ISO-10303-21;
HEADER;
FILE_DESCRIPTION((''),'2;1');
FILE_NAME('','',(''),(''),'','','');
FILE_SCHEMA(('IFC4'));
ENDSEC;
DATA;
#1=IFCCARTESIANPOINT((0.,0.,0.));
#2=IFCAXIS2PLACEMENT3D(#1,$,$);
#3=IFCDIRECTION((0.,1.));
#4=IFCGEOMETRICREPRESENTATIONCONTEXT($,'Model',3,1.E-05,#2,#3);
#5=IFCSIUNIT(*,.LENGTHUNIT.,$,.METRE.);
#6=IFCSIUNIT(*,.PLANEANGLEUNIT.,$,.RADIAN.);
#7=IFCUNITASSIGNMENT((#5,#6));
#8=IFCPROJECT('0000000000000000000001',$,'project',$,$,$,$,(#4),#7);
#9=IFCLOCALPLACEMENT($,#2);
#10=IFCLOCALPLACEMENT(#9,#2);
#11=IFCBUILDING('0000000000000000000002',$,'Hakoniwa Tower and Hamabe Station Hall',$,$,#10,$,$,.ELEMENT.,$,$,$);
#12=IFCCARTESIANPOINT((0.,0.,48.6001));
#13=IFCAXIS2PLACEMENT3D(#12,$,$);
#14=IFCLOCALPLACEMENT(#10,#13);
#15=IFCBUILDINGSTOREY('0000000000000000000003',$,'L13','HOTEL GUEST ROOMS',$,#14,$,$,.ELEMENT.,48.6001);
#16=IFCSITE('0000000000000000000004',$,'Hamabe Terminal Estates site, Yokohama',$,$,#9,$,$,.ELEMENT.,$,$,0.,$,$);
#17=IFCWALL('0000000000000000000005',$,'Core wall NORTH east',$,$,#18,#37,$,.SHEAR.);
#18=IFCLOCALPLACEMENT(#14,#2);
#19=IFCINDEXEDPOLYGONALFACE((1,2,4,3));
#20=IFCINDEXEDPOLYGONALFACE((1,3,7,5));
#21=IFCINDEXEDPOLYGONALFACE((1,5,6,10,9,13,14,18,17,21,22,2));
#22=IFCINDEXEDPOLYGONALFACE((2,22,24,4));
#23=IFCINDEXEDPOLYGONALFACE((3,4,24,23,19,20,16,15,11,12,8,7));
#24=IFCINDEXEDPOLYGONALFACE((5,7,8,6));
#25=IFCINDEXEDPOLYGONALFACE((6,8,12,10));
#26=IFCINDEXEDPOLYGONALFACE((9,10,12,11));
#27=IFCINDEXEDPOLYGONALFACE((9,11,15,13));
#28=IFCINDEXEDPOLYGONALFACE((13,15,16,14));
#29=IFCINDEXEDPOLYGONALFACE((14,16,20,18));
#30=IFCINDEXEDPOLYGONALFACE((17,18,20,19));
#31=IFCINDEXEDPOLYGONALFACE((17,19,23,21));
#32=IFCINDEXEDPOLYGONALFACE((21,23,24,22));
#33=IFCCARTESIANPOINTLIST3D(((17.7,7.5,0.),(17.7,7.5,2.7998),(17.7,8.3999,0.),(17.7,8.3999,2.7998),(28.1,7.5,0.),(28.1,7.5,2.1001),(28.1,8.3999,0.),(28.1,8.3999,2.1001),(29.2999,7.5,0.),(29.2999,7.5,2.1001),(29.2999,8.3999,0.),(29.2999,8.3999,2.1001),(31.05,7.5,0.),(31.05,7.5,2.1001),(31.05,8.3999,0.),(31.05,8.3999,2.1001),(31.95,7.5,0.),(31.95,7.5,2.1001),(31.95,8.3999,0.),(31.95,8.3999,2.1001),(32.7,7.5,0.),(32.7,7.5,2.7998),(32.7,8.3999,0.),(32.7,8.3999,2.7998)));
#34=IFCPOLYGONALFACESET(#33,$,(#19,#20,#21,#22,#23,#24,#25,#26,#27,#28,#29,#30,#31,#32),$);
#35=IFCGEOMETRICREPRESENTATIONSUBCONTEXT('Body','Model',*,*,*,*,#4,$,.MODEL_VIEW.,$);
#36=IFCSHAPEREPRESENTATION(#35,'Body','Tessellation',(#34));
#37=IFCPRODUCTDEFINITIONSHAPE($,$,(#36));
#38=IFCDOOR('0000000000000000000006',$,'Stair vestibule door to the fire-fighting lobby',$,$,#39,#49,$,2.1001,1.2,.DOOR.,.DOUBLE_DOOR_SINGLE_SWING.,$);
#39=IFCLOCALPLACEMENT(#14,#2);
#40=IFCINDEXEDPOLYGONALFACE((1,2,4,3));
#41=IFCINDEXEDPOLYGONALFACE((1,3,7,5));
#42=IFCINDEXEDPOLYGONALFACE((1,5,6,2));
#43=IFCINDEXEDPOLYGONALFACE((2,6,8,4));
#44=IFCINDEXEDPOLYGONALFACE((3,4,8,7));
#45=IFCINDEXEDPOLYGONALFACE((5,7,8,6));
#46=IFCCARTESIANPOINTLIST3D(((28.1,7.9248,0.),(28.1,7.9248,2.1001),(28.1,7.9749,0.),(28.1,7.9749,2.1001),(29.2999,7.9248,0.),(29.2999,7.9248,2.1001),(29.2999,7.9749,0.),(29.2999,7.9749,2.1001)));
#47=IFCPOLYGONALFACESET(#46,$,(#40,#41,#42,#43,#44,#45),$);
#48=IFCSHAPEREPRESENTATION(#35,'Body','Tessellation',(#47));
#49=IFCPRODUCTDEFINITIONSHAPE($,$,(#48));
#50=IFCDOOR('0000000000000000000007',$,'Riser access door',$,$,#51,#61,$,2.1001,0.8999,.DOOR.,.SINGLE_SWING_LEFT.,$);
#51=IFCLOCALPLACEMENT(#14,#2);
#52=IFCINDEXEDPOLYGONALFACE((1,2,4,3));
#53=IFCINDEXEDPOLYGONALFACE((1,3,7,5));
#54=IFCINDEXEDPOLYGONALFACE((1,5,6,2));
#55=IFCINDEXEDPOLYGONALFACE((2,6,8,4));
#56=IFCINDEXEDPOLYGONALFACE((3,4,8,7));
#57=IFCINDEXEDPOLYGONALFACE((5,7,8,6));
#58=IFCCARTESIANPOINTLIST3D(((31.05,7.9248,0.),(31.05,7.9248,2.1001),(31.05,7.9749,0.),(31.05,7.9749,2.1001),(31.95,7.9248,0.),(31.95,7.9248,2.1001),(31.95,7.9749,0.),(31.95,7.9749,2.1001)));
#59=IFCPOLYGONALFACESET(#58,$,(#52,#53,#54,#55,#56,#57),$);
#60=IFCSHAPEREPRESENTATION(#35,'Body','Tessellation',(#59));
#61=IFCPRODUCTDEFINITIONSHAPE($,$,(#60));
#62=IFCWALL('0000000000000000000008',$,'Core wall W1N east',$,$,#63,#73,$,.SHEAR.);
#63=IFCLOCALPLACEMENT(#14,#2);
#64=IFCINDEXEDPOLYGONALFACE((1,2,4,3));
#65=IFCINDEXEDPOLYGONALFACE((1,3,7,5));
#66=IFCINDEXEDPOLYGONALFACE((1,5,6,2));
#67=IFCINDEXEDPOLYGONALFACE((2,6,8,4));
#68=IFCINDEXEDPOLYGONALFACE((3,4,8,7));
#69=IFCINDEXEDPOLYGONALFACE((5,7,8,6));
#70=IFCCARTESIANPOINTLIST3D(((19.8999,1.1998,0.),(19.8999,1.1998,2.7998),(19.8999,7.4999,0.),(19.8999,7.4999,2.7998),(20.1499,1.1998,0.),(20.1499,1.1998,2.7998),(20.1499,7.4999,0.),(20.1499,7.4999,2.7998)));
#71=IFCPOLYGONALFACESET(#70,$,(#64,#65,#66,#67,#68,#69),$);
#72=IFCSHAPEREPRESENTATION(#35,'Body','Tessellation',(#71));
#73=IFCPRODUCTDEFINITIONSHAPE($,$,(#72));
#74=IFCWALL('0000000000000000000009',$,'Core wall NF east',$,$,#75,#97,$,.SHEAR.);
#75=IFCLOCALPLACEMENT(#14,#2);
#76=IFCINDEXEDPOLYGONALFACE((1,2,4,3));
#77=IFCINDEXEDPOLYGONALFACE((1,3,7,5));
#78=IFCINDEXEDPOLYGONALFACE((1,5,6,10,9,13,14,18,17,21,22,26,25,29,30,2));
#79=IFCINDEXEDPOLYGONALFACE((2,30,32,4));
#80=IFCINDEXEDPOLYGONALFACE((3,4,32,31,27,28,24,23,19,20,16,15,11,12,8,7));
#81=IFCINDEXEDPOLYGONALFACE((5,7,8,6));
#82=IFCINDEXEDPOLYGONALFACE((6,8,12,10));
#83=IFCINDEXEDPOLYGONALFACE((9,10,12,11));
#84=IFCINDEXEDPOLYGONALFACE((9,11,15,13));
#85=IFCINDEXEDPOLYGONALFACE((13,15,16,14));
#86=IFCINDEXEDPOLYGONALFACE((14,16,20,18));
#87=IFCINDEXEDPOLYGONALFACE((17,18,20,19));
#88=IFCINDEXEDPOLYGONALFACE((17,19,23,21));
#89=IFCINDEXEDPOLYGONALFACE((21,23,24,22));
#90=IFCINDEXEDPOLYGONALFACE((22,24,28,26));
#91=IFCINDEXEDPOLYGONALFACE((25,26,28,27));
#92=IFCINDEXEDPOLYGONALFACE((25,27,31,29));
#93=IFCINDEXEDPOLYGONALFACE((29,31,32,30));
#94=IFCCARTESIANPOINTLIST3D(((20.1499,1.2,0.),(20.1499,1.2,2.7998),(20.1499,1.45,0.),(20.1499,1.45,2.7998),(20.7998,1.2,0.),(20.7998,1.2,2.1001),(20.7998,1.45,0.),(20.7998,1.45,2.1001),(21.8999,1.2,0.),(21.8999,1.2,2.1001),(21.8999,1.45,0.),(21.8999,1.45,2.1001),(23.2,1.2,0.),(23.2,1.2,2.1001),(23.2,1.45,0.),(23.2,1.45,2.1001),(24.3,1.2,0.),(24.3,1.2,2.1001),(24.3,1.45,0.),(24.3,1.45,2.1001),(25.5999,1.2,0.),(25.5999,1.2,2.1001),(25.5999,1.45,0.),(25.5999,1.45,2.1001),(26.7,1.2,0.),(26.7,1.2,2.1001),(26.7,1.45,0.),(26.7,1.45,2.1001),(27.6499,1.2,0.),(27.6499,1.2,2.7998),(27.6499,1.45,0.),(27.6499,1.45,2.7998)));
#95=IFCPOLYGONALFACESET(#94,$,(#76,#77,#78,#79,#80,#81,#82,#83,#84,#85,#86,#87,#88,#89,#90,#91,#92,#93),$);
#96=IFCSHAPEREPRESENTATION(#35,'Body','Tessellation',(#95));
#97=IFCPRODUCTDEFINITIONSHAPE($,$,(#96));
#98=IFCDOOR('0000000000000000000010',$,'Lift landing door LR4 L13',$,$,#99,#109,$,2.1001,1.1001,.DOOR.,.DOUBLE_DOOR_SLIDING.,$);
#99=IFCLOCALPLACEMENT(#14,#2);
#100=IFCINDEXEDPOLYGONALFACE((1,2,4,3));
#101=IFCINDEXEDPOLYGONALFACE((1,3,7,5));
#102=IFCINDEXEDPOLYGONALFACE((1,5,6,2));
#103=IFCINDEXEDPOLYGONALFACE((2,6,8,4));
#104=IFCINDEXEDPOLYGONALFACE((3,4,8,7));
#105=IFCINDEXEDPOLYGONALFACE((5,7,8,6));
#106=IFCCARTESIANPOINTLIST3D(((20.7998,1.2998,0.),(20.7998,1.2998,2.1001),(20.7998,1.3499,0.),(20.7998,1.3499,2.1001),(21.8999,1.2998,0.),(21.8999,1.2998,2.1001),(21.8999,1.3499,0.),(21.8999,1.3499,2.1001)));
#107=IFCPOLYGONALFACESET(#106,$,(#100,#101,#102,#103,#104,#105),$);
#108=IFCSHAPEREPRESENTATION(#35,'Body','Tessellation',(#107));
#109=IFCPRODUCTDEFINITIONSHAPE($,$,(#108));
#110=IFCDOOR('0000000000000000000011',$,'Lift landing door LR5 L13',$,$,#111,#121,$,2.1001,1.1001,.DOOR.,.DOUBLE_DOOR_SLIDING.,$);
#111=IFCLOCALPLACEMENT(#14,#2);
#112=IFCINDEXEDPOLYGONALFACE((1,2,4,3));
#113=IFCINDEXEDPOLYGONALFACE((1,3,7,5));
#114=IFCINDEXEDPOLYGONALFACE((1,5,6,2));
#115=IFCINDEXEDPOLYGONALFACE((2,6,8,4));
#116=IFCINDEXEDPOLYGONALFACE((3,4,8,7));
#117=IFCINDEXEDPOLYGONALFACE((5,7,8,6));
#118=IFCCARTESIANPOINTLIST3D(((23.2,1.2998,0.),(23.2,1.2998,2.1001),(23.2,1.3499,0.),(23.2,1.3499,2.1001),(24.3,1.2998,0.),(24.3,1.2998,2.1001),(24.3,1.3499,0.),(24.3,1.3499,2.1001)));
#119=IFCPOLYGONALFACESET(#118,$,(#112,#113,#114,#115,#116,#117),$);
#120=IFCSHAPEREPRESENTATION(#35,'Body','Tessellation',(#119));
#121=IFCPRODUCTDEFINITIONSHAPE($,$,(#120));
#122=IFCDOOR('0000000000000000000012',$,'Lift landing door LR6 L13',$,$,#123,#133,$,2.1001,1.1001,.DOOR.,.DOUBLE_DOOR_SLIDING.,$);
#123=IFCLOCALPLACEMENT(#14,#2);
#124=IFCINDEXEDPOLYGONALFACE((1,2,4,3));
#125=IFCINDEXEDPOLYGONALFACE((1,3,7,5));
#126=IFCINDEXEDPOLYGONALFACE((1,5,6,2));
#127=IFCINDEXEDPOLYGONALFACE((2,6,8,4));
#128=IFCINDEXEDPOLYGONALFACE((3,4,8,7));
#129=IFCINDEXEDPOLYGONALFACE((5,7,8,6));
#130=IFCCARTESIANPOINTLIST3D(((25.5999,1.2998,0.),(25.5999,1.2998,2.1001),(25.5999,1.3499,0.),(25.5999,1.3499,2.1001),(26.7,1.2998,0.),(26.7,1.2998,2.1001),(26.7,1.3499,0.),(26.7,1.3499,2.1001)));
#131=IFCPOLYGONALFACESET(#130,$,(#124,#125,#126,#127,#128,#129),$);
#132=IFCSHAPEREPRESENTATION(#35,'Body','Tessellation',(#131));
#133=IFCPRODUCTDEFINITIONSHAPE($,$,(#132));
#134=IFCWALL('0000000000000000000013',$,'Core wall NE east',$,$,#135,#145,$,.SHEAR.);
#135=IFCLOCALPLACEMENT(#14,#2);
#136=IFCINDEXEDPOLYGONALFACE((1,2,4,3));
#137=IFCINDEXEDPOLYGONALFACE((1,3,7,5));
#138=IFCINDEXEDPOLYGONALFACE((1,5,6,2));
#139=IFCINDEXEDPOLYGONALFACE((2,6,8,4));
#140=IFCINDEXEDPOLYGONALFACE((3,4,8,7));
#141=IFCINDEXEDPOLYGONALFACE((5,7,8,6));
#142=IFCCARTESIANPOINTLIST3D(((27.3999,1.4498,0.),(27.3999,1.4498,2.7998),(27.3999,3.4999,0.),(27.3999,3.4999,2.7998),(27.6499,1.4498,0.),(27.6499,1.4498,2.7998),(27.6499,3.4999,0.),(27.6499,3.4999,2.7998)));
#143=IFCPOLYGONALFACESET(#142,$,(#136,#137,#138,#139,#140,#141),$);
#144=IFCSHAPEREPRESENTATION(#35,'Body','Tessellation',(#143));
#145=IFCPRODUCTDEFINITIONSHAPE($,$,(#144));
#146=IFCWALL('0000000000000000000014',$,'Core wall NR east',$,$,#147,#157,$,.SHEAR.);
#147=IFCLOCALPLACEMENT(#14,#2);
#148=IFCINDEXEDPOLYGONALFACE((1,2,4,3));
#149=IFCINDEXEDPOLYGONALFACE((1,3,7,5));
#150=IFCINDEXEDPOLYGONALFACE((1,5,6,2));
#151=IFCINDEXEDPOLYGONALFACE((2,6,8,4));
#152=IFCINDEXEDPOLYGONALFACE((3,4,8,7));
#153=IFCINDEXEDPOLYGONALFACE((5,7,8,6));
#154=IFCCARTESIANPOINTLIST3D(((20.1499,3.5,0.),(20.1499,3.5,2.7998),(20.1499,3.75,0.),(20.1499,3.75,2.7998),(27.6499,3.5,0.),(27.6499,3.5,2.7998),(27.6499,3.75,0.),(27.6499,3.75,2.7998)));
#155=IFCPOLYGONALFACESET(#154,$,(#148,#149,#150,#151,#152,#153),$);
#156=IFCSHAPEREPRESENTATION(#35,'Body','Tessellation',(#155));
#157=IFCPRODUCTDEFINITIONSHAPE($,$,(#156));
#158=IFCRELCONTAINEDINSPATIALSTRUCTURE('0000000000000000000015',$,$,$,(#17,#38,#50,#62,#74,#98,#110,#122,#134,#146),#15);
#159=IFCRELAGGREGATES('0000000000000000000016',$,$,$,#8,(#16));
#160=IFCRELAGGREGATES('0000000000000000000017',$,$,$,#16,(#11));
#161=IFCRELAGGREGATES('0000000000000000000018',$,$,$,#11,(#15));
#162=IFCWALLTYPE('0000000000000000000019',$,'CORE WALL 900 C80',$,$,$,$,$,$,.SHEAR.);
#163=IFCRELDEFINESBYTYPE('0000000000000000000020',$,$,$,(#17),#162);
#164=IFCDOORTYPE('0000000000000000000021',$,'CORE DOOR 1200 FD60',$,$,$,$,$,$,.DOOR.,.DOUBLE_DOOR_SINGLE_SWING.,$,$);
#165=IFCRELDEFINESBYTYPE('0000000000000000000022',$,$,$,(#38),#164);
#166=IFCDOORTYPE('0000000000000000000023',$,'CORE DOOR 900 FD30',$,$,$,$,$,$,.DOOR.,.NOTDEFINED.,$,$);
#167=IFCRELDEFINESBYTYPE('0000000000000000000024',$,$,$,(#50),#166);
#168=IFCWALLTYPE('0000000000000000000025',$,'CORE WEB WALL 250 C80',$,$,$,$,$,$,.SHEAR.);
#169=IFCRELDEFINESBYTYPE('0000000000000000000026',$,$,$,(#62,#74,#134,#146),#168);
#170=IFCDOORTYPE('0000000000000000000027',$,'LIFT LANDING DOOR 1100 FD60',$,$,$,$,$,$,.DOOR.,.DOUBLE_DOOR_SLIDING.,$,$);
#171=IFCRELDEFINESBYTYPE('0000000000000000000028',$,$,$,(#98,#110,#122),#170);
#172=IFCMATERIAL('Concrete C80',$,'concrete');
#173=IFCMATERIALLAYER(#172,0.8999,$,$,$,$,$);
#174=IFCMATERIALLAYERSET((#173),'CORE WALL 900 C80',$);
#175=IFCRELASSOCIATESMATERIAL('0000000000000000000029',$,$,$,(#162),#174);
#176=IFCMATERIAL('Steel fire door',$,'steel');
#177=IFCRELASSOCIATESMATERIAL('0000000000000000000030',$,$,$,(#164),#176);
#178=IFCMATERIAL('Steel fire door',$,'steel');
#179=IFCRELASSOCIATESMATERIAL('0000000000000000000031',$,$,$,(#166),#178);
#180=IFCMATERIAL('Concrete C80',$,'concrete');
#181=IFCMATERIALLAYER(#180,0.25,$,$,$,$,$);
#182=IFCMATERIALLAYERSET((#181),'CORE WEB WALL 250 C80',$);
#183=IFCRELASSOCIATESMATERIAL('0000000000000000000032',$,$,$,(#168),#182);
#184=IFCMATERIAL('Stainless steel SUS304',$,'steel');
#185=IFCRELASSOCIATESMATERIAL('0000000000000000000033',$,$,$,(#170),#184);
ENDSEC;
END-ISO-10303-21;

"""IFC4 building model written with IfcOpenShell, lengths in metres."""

from ifc_helpers import new_model, si_unit, direction, frame, frame_2d, origin, place, context, subcontext, project, spatial, rectangle, extrude, material, layer, layer_set, type_object, element, fill, save


model = new_model("IFC4")

# Units and contexts
model_context = context("Model", 3, precision=1e-05, world=origin(), true_north=direction((0.0, 1.0)))
body_context = subcontext(model_context, "Body", "Model", "MODEL_VIEW")
ifc_project = project(units=[si_unit("LENGTHUNIT", "METRE"), si_unit("PLANEANGLEUNIT", "RADIAN")], contexts=[model_context])

# Site, building, storey
site_placement = place(None, origin())
site = spatial("IfcSite", under=ifc_project, at=site_placement, Name="Hamabe Terminal Estates site, Yokohama", CompositionType="ELEMENT", RefElevation=0.0)
building_placement = place(site_placement, origin())
building = spatial("IfcBuilding", under=site, at=building_placement, Name="Hakoniwa Tower and Hamabe Station Hall", CompositionType="ELEMENT")
storey_placement = place(building_placement, frame((0.0, 0.0, 48.6001)))
storey = spatial("IfcBuildingStorey", under=building, at=storey_placement, Name="L13", Description="HOTEL GUEST ROOMS", CompositionType="ELEMENT", Elevation=48.6001)

# Wall, openings, doors
ifc_material_1 = material(Name="Concrete C80", Category="concrete")
ifc_layer_1 = layer(ifc_material_1, 0.8999)
ifc_layer_set_1 = layer_set([ifc_layer_1], Name="CORE WALL 900 C80")
wall_type_1 = type_object("IfcWallType", Name="CORE WALL 900 C80", PredefinedType="SHEAR", material=ifc_layer_set_1)
wall_1_placement = place(storey_placement, frame((17.7, 7.95, 0.0), z_axis=(0.0, 0.0, 1.0), x_axis=(1.0, 0.0, 0.0)))
wall_1 = element("IfcWall", 1, at=wall_1_placement, inside=storey, type_object=wall_type_1, Name="Core wall NORTH east", PredefinedType="SHEAR", context=body_context, shape_type="SweptSolid", body=[
    extrude(rectangle(XDim=15.0, YDim=0.8999, at=frame_2d((7.5, 0.0))), origin(), (0.0, 0.0, 1.0), 2.7998),
])
opening_1_placement = place(wall_1_placement, frame((10.3999, 0.0, 0.0)))
opening_1 = element("IfcOpeningElement", 2, at=opening_1_placement, cuts=wall_1, PredefinedType="OPENING", context=body_context, shape_type="SweptSolid", body=[
    extrude(rectangle(XDim=1.2, YDim=2.1001, at=frame_2d((0.6001, 1.05))), frame((0.0, 0.46, 0.0), z_axis=(0.0, -1.0, 0.0), x_axis=(1.0, 0.0, 0.0)), (0.0, 0.0, 1.0), 0.9199),
])
opening_2_placement = place(wall_1_placement, frame((13.3501, 0.0, 0.0)))
opening_2 = element("IfcOpeningElement", 3, at=opening_2_placement, cuts=wall_1, PredefinedType="OPENING", context=body_context, shape_type="SweptSolid", body=[
    extrude(rectangle(XDim=0.8999, YDim=2.1001, at=frame_2d((0.45, 1.05))), frame((0.0, 0.46, 0.0), z_axis=(0.0, -1.0, 0.0), x_axis=(1.0, 0.0, 0.0)), (0.0, 0.0, 1.0), 0.9199),
])
ifc_material_2 = material(Name="Steel fire door", Category="steel")
door_type_1 = type_object("IfcDoorType", Name="CORE DOOR 1200 FD60", OperationType="DOUBLE_DOOR_SINGLE_SWING", PredefinedType="DOOR", material=ifc_material_2)
door_1_placement = place(opening_1_placement, origin())
door_1 = element("IfcDoor", 4, at=door_1_placement, inside=storey, type_object=door_type_1, Name="Stair vestibule door to the fire-fighting lobby", OperationType="DOUBLE_DOOR_SINGLE_SWING", OverallHeight=2.1001, OverallWidth=1.2, PredefinedType="DOOR", context=body_context, shape_type="SweptSolid", body=[
    extrude(rectangle(XDim=1.2, YDim=2.1001, at=frame_2d((0.6001, 1.05))), frame((0.0, 0.0249, 0.0), z_axis=(0.0, -1.0, 0.0), x_axis=(1.0, 0.0, 0.0)), (0.0, 0.0, 1.0), 0.05),
])
fill(opening_1, door_1)
ifc_material_3 = material(Name="Steel fire door", Category="steel")
door_type_2 = type_object("IfcDoorType", Name="CORE DOOR 900 FD30", OperationType="NOTDEFINED", PredefinedType="DOOR", material=ifc_material_3)
door_2_placement = place(opening_2_placement, origin())
door_2 = element("IfcDoor", 5, at=door_2_placement, inside=storey, type_object=door_type_2, Name="Riser access door", OperationType="SINGLE_SWING_LEFT", OverallHeight=2.1001, OverallWidth=0.8999, PredefinedType="DOOR", context=body_context, shape_type="SweptSolid", body=[
    extrude(rectangle(XDim=0.8999, YDim=2.1001, at=frame_2d((0.45, 1.05))), frame((0.0, 0.0249, 0.0), z_axis=(0.0, -1.0, 0.0), x_axis=(1.0, 0.0, 0.0)), (0.0, 0.0, 1.0), 0.05),
])
fill(opening_2, door_2)

# Wall
ifc_material_4 = material(Name="Concrete C80", Category="concrete")
ifc_layer_2 = layer(ifc_material_4, 0.25)
ifc_layer_set_2 = layer_set([ifc_layer_2], Name="CORE WEB WALL 250 C80")
wall_type_2 = type_object("IfcWallType", Name="CORE WEB WALL 250 C80", PredefinedType="SHEAR", material=ifc_layer_set_2)
wall_2_placement = place(storey_placement, frame((20.0249, 1.2, 0.0), z_axis=(0.0, 0.0, 1.0), x_axis=(0.0, 1.0, 0.0)))
element("IfcWall", 6, at=wall_2_placement, inside=storey, type_object=wall_type_2, Name="Core wall W1N east", PredefinedType="SHEAR", context=body_context, shape_type="SweptSolid", body=[
    extrude(rectangle(XDim=6.3, YDim=0.25, at=frame_2d((3.1499, 0.0))), origin(), (0.0, 0.0, 1.0), 2.7998),
])

# Wall, openings, doors
wall_3_placement = place(storey_placement, frame((20.1499, 1.325, 0.0), z_axis=(0.0, 0.0, 1.0), x_axis=(1.0, 0.0, 0.0)))
wall_3 = element("IfcWall", 7, at=wall_3_placement, inside=storey, type_object=wall_type_2, Name="Core wall NF east", PredefinedType="SHEAR", context=body_context, shape_type="SweptSolid", body=[
    extrude(rectangle(XDim=7.5, YDim=0.25, at=frame_2d((3.75, 0.0))), origin(), (0.0, 0.0, 1.0), 2.7998),
])
opening_3_placement = place(wall_3_placement, frame((0.6499, 0.0, 0.0)))
opening_3 = element("IfcOpeningElement", 8, at=opening_3_placement, cuts=wall_3, PredefinedType="OPENING", context=body_context, shape_type="SweptSolid", body=[
    extrude(rectangle(XDim=1.1001, YDim=2.1001, at=frame_2d((0.55, 1.05))), frame((0.0, 0.135, 0.0), z_axis=(0.0, -1.0, 0.0), x_axis=(1.0, 0.0, 0.0)), (0.0, 0.0, 1.0), 0.27),
])
opening_4_placement = place(wall_3_placement, frame((3.05, 0.0, 0.0)))
opening_4 = element("IfcOpeningElement", 9, at=opening_4_placement, cuts=wall_3, PredefinedType="OPENING", context=body_context, shape_type="SweptSolid", body=[
    extrude(rectangle(XDim=1.1001, YDim=2.1001, at=frame_2d((0.55, 1.05))), frame((0.0, 0.135, 0.0), z_axis=(0.0, -1.0, 0.0), x_axis=(1.0, 0.0, 0.0)), (0.0, 0.0, 1.0), 0.27),
])
opening_5_placement = place(wall_3_placement, frame((5.45, 0.0, 0.0)))
opening_5 = element("IfcOpeningElement", 10, at=opening_5_placement, cuts=wall_3, PredefinedType="OPENING", context=body_context, shape_type="SweptSolid", body=[
    extrude(rectangle(XDim=1.1001, YDim=2.1001, at=frame_2d((0.55, 1.05))), frame((0.0, 0.135, 0.0), z_axis=(0.0, -1.0, 0.0), x_axis=(1.0, 0.0, 0.0)), (0.0, 0.0, 1.0), 0.27),
])
ifc_material_5 = material(Name="Stainless steel SUS304", Category="steel")
door_type_3 = type_object("IfcDoorType", Name="LIFT LANDING DOOR 1100 FD60", OperationType="DOUBLE_DOOR_SLIDING", PredefinedType="DOOR", material=ifc_material_5)
door_3_placement = place(opening_3_placement, origin())
door_3 = element("IfcDoor", 11, at=door_3_placement, inside=storey, type_object=door_type_3, Name="Lift landing door LR4 L13", OperationType="DOUBLE_DOOR_SLIDING", OverallHeight=2.1001, OverallWidth=1.1001, PredefinedType="DOOR", context=body_context, shape_type="SweptSolid", body=[
    extrude(rectangle(XDim=1.1001, YDim=2.1001, at=frame_2d((0.55, 1.05))), frame((0.0, 0.0249, 0.0), z_axis=(0.0, -1.0, 0.0), x_axis=(1.0, 0.0, 0.0)), (0.0, 0.0, 1.0), 0.05),
])
fill(opening_3, door_3)
door_4_placement = place(opening_4_placement, origin())
door_4 = element("IfcDoor", 12, at=door_4_placement, inside=storey, type_object=door_type_3, Name="Lift landing door LR5 L13", OperationType="DOUBLE_DOOR_SLIDING", OverallHeight=2.1001, OverallWidth=1.1001, PredefinedType="DOOR", context=body_context, shape_type="SweptSolid", body=[
    extrude(rectangle(XDim=1.1001, YDim=2.1001, at=frame_2d((0.55, 1.05))), frame((0.0, 0.0249, 0.0), z_axis=(0.0, -1.0, 0.0), x_axis=(1.0, 0.0, 0.0)), (0.0, 0.0, 1.0), 0.05),
])
fill(opening_4, door_4)
door_5_placement = place(opening_5_placement, origin())
door_5 = element("IfcDoor", 13, at=door_5_placement, inside=storey, type_object=door_type_3, Name="Lift landing door LR6 L13", OperationType="DOUBLE_DOOR_SLIDING", OverallHeight=2.1001, OverallWidth=1.1001, PredefinedType="DOOR", context=body_context, shape_type="SweptSolid", body=[
    extrude(rectangle(XDim=1.1001, YDim=2.1001, at=frame_2d((0.55, 1.05))), frame((0.0, 0.0249, 0.0), z_axis=(0.0, -1.0, 0.0), x_axis=(1.0, 0.0, 0.0)), (0.0, 0.0, 1.0), 0.05),
])
fill(opening_5, door_5)

# Walls
wall_4_placement = place(storey_placement, frame((27.5249, 1.45, 0.0), z_axis=(0.0, 0.0, 1.0), x_axis=(0.0, 1.0, 0.0)))
element("IfcWall", 14, at=wall_4_placement, inside=storey, type_object=wall_type_2, Name="Core wall NE east", PredefinedType="SHEAR", context=body_context, shape_type="SweptSolid", body=[
    extrude(rectangle(XDim=2.05, YDim=0.25, at=frame_2d((1.0249, 0.0))), origin(), (0.0, 0.0, 1.0), 2.7998),
])
wall_5_placement = place(storey_placement, frame((20.1499, 3.625, 0.0), z_axis=(0.0, 0.0, 1.0), x_axis=(1.0, 0.0, 0.0)))
element("IfcWall", 15, at=wall_5_placement, inside=storey, type_object=wall_type_2, Name="Core wall NR east", PredefinedType="SHEAR", context=body_context, shape_type="SweptSolid", body=[
    extrude(rectangle(XDim=7.5, YDim=0.25, at=frame_2d((3.75, 0.0))), origin(), (0.0, 0.0, 1.0), 2.7998),
])

save(model, "model.ifc")
